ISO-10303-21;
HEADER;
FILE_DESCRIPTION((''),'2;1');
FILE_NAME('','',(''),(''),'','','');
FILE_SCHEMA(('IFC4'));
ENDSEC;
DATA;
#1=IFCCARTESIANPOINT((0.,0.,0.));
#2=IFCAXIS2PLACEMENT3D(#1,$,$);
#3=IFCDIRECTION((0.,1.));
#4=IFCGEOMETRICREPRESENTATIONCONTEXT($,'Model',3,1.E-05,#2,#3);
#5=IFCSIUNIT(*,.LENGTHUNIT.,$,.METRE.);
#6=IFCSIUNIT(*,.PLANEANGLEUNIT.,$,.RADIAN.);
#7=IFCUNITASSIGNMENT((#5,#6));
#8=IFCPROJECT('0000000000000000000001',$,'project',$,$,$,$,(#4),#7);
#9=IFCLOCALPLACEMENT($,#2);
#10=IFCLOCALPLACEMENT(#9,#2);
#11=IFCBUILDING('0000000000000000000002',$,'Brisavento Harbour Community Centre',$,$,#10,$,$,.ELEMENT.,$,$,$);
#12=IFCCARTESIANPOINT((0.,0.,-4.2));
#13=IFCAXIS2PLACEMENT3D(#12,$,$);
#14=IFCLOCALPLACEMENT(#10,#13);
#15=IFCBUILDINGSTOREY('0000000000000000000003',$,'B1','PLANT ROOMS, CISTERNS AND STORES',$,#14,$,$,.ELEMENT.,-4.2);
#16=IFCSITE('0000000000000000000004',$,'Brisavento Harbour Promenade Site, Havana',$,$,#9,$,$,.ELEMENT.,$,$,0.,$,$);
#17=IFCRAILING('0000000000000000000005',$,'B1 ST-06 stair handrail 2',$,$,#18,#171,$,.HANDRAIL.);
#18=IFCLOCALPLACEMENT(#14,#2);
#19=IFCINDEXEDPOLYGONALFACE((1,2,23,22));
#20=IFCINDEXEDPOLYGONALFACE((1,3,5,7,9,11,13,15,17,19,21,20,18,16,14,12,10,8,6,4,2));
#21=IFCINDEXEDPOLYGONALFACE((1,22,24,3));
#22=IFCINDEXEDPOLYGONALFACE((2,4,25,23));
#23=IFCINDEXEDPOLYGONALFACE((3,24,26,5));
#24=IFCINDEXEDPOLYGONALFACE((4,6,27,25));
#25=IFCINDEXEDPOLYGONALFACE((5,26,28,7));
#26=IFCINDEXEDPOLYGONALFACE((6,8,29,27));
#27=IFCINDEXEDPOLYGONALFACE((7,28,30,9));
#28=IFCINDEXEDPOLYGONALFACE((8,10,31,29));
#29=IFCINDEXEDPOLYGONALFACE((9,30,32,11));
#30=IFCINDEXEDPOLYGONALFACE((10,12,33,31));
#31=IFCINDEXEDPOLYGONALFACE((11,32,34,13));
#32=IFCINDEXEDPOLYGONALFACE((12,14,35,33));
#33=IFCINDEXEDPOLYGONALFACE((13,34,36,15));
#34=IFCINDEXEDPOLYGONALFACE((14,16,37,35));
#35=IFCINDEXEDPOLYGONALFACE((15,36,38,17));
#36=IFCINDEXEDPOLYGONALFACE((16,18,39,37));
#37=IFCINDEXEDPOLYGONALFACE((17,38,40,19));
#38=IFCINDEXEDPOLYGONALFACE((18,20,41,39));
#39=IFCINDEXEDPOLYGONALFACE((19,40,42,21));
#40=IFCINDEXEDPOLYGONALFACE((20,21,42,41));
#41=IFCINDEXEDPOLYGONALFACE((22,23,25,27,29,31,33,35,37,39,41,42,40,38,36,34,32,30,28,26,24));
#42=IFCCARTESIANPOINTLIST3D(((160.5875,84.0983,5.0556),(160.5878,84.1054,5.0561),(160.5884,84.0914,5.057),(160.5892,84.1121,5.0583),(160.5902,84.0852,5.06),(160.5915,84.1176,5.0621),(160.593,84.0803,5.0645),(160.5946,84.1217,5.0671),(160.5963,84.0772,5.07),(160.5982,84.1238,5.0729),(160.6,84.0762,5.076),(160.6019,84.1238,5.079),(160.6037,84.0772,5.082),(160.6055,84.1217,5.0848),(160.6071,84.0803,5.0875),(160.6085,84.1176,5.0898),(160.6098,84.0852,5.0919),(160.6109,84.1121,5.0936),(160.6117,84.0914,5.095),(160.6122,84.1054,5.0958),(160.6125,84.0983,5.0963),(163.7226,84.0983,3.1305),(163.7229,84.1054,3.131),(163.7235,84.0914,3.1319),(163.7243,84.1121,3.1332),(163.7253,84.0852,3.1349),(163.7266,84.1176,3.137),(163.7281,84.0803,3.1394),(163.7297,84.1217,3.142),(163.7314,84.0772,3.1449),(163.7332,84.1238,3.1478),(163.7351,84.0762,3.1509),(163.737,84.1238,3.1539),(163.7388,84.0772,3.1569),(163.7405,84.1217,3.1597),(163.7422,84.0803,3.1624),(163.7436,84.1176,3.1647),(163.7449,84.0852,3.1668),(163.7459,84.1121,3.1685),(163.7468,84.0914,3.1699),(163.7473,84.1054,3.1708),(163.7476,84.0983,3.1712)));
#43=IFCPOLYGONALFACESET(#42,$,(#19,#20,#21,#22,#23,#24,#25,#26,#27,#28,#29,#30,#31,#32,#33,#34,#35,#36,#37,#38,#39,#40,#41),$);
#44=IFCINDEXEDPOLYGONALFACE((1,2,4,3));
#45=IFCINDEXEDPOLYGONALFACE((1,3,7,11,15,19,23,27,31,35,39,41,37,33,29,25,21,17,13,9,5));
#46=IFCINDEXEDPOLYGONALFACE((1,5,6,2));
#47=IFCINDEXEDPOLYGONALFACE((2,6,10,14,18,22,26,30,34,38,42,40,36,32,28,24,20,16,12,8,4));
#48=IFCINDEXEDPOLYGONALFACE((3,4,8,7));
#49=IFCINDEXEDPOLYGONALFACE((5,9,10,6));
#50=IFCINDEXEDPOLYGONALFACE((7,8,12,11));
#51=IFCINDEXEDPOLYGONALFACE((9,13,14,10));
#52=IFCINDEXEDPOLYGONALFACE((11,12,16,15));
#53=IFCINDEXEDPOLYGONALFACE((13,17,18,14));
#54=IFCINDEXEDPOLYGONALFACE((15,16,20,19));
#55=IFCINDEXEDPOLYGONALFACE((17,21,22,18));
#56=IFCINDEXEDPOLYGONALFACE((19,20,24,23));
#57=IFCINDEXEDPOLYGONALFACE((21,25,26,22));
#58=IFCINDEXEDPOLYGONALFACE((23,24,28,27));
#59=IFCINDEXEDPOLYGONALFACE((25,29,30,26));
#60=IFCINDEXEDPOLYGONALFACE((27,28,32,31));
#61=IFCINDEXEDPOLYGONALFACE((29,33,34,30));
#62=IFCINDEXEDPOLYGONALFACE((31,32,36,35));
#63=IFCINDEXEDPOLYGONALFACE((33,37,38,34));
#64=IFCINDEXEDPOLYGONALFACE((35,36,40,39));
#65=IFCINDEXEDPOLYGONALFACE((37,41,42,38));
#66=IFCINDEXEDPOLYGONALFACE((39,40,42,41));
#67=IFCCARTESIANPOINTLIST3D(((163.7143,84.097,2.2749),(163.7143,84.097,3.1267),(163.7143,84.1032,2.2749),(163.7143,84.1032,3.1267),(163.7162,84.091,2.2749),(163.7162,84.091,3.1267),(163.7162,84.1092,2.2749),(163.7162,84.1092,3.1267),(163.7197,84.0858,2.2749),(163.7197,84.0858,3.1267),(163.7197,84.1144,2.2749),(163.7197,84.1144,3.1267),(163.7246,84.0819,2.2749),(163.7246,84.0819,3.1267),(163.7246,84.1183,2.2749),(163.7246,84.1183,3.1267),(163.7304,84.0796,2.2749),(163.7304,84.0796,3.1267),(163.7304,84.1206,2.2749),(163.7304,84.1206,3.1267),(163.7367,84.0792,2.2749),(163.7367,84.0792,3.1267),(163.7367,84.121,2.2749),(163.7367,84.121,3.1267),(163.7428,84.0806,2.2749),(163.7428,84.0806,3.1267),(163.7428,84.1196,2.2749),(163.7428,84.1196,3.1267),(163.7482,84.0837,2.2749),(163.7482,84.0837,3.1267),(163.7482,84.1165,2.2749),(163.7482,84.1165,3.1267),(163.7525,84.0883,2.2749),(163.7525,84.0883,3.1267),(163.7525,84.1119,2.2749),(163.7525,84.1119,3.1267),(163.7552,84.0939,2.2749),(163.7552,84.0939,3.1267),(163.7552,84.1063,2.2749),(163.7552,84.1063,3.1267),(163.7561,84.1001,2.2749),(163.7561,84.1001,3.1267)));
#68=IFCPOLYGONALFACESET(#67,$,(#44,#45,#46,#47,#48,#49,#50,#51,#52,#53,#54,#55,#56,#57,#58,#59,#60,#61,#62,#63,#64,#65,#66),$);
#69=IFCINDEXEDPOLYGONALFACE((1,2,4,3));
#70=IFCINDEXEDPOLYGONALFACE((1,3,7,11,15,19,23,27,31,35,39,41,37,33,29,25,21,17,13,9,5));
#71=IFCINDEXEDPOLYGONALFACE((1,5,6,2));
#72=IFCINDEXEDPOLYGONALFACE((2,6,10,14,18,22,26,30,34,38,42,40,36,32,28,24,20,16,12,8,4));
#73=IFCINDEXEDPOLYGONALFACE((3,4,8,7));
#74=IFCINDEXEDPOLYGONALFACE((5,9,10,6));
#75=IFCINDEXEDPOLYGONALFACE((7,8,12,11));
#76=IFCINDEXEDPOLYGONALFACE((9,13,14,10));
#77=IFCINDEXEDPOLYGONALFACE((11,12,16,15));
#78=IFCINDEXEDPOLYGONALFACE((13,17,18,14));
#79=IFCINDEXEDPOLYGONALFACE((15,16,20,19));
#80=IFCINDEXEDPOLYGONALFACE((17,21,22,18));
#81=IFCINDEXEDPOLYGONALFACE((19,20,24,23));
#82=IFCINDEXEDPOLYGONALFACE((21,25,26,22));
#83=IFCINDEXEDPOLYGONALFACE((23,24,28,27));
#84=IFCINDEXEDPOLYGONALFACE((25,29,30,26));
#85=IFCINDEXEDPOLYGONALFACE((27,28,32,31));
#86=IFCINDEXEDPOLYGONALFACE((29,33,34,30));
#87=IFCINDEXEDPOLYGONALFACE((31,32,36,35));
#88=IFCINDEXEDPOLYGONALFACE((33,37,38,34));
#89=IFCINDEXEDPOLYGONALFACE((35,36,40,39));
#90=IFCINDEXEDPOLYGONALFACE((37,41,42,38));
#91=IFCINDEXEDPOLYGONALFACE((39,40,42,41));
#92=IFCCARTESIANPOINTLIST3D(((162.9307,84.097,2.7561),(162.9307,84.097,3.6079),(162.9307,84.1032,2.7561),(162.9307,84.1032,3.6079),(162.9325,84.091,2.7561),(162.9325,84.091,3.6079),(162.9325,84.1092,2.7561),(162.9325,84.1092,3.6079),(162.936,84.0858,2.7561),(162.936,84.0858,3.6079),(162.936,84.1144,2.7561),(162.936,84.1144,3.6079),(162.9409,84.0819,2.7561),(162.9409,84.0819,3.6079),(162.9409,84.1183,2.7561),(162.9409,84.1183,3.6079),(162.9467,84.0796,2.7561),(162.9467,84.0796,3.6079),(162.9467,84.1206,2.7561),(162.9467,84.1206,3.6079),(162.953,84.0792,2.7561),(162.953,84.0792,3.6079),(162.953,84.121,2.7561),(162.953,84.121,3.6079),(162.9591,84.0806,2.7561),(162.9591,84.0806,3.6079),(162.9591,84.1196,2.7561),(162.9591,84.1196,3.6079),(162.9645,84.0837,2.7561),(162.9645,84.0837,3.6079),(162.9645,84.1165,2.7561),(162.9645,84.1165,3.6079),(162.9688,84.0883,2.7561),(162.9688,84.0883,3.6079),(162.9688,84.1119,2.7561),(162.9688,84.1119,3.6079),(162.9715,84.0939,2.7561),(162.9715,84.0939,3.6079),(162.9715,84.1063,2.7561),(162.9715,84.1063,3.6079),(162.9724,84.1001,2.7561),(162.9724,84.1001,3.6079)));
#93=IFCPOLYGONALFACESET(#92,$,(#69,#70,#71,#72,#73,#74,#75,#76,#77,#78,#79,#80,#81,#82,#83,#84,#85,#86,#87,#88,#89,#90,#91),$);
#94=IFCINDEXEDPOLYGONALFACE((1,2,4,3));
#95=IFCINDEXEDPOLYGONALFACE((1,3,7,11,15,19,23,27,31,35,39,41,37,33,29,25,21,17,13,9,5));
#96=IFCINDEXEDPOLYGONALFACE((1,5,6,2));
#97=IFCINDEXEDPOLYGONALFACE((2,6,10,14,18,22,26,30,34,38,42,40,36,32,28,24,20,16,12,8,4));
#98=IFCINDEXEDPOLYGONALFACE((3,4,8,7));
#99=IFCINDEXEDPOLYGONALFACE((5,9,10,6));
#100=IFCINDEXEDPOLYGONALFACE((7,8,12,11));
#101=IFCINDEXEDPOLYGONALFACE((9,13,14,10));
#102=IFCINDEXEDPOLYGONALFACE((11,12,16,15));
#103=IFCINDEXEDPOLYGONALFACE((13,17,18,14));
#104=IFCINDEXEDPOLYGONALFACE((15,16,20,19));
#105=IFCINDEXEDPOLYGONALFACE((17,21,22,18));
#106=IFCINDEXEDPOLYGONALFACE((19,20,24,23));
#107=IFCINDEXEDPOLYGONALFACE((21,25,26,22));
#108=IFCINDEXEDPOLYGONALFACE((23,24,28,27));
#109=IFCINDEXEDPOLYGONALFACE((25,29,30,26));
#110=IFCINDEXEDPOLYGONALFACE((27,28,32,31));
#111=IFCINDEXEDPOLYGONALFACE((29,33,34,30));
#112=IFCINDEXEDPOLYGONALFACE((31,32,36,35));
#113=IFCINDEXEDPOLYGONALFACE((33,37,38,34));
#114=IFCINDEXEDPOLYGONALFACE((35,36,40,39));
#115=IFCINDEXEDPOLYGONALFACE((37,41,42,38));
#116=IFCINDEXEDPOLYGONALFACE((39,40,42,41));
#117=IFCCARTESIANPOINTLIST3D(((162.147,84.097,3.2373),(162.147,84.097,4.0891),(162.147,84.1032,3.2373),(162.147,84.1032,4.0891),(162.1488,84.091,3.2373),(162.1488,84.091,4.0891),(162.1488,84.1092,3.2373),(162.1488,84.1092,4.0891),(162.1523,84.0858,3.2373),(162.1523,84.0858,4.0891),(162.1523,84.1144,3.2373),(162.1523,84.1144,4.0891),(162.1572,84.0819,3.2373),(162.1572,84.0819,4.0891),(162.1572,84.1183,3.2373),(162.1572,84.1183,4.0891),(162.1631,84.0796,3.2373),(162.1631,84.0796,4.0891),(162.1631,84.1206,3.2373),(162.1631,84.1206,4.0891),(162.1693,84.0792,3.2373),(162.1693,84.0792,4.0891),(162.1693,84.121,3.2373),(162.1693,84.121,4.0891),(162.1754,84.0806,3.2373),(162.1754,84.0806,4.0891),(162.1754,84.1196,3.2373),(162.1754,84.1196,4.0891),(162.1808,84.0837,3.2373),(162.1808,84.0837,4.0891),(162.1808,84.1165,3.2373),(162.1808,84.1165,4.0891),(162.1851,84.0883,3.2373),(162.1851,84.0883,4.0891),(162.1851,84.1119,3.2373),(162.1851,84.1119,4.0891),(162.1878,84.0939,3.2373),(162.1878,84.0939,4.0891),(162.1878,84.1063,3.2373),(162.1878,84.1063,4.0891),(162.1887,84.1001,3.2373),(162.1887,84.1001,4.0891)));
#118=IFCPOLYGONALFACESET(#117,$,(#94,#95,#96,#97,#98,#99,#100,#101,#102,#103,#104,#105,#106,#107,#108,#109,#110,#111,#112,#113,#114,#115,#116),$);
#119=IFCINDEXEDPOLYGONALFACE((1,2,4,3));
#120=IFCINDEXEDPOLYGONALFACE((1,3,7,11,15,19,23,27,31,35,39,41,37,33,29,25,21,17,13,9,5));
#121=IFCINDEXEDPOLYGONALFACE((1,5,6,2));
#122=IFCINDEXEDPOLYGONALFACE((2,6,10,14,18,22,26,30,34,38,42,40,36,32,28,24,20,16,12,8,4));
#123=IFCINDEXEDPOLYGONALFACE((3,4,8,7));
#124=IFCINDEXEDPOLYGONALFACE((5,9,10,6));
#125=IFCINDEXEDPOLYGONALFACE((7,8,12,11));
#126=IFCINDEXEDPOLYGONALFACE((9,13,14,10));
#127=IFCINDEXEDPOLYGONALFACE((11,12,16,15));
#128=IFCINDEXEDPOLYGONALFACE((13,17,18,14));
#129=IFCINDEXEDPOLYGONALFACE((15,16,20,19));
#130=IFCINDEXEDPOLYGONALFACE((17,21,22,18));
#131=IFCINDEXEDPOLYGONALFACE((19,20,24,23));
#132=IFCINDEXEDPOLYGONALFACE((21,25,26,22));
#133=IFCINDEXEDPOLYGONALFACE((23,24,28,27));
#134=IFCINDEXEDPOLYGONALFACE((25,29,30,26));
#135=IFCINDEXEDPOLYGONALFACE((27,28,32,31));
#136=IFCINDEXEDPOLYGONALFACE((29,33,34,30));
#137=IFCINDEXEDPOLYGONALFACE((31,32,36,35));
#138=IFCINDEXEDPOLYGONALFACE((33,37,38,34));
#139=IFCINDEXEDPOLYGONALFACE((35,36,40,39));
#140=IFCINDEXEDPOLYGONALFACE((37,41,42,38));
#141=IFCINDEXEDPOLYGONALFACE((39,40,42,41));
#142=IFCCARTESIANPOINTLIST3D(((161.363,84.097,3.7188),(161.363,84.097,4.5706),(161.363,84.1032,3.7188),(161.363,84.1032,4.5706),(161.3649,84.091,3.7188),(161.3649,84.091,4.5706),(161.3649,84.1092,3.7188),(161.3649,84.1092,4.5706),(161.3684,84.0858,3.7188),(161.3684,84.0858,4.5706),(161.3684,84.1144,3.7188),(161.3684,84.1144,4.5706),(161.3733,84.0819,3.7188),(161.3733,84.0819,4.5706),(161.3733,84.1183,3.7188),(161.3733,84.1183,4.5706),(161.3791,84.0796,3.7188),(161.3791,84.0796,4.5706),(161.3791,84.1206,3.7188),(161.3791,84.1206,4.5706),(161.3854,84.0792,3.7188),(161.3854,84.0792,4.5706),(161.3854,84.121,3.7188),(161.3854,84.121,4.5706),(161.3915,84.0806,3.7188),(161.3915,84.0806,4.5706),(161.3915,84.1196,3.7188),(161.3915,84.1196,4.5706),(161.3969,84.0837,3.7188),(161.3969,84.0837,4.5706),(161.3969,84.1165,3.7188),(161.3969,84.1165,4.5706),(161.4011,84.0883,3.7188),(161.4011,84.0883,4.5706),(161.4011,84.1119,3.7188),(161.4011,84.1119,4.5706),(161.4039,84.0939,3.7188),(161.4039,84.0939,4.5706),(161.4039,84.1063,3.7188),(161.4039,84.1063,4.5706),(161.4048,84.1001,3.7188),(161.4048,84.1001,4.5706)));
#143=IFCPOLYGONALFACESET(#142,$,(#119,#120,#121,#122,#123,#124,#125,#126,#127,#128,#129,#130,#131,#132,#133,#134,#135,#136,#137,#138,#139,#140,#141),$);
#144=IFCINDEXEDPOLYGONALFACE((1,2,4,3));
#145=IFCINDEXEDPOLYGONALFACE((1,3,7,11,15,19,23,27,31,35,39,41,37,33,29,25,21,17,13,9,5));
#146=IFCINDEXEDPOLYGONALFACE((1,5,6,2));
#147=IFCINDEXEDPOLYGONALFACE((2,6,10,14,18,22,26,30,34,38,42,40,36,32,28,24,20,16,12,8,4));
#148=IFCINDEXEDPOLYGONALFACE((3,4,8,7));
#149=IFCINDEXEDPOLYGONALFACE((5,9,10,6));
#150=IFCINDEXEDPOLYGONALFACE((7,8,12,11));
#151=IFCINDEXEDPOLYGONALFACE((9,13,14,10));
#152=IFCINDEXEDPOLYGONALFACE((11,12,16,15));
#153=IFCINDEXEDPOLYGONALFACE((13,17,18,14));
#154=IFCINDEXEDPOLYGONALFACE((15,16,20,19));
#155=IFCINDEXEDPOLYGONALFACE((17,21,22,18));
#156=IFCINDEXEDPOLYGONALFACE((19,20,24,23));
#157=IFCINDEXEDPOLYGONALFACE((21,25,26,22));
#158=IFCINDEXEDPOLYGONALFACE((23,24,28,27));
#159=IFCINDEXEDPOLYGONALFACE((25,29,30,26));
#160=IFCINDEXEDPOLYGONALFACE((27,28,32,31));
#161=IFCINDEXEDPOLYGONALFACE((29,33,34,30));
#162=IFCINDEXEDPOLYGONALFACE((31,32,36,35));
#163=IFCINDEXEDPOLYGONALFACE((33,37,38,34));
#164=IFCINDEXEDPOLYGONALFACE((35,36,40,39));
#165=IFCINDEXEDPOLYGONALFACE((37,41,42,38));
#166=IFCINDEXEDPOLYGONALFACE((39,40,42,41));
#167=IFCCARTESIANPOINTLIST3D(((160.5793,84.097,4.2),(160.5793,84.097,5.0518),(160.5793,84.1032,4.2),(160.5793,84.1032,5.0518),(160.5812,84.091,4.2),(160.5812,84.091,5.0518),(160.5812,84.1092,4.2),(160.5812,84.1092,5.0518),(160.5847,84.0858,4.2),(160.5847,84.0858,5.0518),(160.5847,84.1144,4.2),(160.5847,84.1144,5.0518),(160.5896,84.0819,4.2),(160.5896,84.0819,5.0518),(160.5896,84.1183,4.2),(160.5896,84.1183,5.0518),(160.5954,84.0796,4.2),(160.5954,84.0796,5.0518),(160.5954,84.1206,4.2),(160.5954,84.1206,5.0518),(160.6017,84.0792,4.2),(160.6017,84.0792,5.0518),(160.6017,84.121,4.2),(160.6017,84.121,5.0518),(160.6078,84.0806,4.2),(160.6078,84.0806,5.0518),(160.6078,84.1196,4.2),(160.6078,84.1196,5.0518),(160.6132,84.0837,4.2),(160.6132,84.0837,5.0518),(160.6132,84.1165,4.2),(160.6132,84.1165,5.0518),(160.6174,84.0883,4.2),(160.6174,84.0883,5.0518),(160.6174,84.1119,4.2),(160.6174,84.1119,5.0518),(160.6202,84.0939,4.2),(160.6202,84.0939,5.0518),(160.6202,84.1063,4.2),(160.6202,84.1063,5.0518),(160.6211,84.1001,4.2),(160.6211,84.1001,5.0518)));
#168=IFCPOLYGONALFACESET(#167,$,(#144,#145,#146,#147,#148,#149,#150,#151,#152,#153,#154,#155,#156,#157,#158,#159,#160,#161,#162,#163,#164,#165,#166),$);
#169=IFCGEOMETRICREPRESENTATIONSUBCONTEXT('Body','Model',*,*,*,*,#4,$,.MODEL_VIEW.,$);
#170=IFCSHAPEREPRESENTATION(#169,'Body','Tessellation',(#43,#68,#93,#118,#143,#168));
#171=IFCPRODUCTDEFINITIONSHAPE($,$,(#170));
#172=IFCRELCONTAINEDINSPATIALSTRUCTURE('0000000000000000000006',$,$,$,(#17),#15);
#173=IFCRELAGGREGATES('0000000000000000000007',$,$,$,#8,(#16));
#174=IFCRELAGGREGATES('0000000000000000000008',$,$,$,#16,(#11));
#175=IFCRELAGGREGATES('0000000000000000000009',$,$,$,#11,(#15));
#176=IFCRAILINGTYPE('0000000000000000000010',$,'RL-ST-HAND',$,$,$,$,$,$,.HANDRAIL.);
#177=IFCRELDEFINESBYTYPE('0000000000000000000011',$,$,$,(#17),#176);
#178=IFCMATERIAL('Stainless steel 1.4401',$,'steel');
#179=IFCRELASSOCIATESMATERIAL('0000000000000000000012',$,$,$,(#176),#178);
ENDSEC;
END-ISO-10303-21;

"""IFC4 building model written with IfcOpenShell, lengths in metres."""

from ifc_helpers import new_model, si_unit, direction, frame, origin, origin_2d, place, context, subcontext, project, spatial, circle, extrude, material, type_object, element, save


model = new_model("IFC4")

# Units and contexts
model_context = context("Model", 3, precision=1e-05, world=origin(), true_north=direction((0.0, 1.0)))
body_context = subcontext(model_context, "Body", "Model", "MODEL_VIEW")
ifc_project = project(units=[si_unit("LENGTHUNIT", "METRE"), si_unit("PLANEANGLEUNIT", "RADIAN")], contexts=[model_context])

# Site, building, storey
site_placement = place(None, origin())
site = spatial("IfcSite", under=ifc_project, at=site_placement, Name="Brisavento Harbour Promenade Site, Havana", CompositionType="ELEMENT", RefElevation=0.0)
building_placement = place(site_placement, origin())
building = spatial("IfcBuilding", under=site, at=building_placement, Name="Brisavento Harbour Community Centre", CompositionType="ELEMENT")
storey_placement = place(building_placement, frame((0.0, 0.0, -4.2)))
storey = spatial("IfcBuildingStorey", under=building, at=storey_placement, Name="B1", Description="PLANT ROOMS, CISTERNS AND STORES", CompositionType="ELEMENT", Elevation=-4.2)

# Railing
ifc_material_1 = material(Name="Stainless steel 1.4401", Category="steel")
railing_type_1 = type_object("IfcRailingType", Name="RL-ST-HAND", PredefinedType="HANDRAIL", material=ifc_material_1)
railing_1_placement = place(storey_placement, frame((163.7351, 84.1001, 2.2749)))
element("IfcRailing", 1, at=railing_1_placement, inside=storey, type_object=railing_type_1, Name="B1 ST-06 stair handrail 2", PredefinedType="HANDRAIL", context=body_context, shape_type="SweptSolid", body=[
    extrude(circle(Radius=0.0239, at=origin_2d()), frame((0.0, 0.0, 0.876), z_axis=(-0.852166, 0.0, 0.523271), x_axis=(0.0, -1.0, 0.0)), (0.0, 0.0, 1.0), 3.679),
    extrude(circle(Radius=0.021, at=origin_2d()), origin(), (0.0, 0.0, 1.0), 0.8518),
    extrude(circle(Radius=0.021, at=origin_2d()), frame((-0.7837, 0.0, 0.4812)), (0.0, 0.0, 1.0), 0.8518),
    extrude(circle(Radius=0.021, at=origin_2d()), frame((-1.5674, 0.0, 0.9624)), (0.0, 0.0, 1.0), 0.8518),
    extrude(circle(Radius=0.021, at=origin_2d()), frame((-2.3513, 0.0, 1.4438)), (0.0, 0.0, 1.0), 0.8518),
    extrude(circle(Radius=0.021, at=origin_2d()), frame((-3.135, 0.0, 1.925)), (0.0, 0.0, 1.0), 0.8518),
])

save(model, "model.ifc")
